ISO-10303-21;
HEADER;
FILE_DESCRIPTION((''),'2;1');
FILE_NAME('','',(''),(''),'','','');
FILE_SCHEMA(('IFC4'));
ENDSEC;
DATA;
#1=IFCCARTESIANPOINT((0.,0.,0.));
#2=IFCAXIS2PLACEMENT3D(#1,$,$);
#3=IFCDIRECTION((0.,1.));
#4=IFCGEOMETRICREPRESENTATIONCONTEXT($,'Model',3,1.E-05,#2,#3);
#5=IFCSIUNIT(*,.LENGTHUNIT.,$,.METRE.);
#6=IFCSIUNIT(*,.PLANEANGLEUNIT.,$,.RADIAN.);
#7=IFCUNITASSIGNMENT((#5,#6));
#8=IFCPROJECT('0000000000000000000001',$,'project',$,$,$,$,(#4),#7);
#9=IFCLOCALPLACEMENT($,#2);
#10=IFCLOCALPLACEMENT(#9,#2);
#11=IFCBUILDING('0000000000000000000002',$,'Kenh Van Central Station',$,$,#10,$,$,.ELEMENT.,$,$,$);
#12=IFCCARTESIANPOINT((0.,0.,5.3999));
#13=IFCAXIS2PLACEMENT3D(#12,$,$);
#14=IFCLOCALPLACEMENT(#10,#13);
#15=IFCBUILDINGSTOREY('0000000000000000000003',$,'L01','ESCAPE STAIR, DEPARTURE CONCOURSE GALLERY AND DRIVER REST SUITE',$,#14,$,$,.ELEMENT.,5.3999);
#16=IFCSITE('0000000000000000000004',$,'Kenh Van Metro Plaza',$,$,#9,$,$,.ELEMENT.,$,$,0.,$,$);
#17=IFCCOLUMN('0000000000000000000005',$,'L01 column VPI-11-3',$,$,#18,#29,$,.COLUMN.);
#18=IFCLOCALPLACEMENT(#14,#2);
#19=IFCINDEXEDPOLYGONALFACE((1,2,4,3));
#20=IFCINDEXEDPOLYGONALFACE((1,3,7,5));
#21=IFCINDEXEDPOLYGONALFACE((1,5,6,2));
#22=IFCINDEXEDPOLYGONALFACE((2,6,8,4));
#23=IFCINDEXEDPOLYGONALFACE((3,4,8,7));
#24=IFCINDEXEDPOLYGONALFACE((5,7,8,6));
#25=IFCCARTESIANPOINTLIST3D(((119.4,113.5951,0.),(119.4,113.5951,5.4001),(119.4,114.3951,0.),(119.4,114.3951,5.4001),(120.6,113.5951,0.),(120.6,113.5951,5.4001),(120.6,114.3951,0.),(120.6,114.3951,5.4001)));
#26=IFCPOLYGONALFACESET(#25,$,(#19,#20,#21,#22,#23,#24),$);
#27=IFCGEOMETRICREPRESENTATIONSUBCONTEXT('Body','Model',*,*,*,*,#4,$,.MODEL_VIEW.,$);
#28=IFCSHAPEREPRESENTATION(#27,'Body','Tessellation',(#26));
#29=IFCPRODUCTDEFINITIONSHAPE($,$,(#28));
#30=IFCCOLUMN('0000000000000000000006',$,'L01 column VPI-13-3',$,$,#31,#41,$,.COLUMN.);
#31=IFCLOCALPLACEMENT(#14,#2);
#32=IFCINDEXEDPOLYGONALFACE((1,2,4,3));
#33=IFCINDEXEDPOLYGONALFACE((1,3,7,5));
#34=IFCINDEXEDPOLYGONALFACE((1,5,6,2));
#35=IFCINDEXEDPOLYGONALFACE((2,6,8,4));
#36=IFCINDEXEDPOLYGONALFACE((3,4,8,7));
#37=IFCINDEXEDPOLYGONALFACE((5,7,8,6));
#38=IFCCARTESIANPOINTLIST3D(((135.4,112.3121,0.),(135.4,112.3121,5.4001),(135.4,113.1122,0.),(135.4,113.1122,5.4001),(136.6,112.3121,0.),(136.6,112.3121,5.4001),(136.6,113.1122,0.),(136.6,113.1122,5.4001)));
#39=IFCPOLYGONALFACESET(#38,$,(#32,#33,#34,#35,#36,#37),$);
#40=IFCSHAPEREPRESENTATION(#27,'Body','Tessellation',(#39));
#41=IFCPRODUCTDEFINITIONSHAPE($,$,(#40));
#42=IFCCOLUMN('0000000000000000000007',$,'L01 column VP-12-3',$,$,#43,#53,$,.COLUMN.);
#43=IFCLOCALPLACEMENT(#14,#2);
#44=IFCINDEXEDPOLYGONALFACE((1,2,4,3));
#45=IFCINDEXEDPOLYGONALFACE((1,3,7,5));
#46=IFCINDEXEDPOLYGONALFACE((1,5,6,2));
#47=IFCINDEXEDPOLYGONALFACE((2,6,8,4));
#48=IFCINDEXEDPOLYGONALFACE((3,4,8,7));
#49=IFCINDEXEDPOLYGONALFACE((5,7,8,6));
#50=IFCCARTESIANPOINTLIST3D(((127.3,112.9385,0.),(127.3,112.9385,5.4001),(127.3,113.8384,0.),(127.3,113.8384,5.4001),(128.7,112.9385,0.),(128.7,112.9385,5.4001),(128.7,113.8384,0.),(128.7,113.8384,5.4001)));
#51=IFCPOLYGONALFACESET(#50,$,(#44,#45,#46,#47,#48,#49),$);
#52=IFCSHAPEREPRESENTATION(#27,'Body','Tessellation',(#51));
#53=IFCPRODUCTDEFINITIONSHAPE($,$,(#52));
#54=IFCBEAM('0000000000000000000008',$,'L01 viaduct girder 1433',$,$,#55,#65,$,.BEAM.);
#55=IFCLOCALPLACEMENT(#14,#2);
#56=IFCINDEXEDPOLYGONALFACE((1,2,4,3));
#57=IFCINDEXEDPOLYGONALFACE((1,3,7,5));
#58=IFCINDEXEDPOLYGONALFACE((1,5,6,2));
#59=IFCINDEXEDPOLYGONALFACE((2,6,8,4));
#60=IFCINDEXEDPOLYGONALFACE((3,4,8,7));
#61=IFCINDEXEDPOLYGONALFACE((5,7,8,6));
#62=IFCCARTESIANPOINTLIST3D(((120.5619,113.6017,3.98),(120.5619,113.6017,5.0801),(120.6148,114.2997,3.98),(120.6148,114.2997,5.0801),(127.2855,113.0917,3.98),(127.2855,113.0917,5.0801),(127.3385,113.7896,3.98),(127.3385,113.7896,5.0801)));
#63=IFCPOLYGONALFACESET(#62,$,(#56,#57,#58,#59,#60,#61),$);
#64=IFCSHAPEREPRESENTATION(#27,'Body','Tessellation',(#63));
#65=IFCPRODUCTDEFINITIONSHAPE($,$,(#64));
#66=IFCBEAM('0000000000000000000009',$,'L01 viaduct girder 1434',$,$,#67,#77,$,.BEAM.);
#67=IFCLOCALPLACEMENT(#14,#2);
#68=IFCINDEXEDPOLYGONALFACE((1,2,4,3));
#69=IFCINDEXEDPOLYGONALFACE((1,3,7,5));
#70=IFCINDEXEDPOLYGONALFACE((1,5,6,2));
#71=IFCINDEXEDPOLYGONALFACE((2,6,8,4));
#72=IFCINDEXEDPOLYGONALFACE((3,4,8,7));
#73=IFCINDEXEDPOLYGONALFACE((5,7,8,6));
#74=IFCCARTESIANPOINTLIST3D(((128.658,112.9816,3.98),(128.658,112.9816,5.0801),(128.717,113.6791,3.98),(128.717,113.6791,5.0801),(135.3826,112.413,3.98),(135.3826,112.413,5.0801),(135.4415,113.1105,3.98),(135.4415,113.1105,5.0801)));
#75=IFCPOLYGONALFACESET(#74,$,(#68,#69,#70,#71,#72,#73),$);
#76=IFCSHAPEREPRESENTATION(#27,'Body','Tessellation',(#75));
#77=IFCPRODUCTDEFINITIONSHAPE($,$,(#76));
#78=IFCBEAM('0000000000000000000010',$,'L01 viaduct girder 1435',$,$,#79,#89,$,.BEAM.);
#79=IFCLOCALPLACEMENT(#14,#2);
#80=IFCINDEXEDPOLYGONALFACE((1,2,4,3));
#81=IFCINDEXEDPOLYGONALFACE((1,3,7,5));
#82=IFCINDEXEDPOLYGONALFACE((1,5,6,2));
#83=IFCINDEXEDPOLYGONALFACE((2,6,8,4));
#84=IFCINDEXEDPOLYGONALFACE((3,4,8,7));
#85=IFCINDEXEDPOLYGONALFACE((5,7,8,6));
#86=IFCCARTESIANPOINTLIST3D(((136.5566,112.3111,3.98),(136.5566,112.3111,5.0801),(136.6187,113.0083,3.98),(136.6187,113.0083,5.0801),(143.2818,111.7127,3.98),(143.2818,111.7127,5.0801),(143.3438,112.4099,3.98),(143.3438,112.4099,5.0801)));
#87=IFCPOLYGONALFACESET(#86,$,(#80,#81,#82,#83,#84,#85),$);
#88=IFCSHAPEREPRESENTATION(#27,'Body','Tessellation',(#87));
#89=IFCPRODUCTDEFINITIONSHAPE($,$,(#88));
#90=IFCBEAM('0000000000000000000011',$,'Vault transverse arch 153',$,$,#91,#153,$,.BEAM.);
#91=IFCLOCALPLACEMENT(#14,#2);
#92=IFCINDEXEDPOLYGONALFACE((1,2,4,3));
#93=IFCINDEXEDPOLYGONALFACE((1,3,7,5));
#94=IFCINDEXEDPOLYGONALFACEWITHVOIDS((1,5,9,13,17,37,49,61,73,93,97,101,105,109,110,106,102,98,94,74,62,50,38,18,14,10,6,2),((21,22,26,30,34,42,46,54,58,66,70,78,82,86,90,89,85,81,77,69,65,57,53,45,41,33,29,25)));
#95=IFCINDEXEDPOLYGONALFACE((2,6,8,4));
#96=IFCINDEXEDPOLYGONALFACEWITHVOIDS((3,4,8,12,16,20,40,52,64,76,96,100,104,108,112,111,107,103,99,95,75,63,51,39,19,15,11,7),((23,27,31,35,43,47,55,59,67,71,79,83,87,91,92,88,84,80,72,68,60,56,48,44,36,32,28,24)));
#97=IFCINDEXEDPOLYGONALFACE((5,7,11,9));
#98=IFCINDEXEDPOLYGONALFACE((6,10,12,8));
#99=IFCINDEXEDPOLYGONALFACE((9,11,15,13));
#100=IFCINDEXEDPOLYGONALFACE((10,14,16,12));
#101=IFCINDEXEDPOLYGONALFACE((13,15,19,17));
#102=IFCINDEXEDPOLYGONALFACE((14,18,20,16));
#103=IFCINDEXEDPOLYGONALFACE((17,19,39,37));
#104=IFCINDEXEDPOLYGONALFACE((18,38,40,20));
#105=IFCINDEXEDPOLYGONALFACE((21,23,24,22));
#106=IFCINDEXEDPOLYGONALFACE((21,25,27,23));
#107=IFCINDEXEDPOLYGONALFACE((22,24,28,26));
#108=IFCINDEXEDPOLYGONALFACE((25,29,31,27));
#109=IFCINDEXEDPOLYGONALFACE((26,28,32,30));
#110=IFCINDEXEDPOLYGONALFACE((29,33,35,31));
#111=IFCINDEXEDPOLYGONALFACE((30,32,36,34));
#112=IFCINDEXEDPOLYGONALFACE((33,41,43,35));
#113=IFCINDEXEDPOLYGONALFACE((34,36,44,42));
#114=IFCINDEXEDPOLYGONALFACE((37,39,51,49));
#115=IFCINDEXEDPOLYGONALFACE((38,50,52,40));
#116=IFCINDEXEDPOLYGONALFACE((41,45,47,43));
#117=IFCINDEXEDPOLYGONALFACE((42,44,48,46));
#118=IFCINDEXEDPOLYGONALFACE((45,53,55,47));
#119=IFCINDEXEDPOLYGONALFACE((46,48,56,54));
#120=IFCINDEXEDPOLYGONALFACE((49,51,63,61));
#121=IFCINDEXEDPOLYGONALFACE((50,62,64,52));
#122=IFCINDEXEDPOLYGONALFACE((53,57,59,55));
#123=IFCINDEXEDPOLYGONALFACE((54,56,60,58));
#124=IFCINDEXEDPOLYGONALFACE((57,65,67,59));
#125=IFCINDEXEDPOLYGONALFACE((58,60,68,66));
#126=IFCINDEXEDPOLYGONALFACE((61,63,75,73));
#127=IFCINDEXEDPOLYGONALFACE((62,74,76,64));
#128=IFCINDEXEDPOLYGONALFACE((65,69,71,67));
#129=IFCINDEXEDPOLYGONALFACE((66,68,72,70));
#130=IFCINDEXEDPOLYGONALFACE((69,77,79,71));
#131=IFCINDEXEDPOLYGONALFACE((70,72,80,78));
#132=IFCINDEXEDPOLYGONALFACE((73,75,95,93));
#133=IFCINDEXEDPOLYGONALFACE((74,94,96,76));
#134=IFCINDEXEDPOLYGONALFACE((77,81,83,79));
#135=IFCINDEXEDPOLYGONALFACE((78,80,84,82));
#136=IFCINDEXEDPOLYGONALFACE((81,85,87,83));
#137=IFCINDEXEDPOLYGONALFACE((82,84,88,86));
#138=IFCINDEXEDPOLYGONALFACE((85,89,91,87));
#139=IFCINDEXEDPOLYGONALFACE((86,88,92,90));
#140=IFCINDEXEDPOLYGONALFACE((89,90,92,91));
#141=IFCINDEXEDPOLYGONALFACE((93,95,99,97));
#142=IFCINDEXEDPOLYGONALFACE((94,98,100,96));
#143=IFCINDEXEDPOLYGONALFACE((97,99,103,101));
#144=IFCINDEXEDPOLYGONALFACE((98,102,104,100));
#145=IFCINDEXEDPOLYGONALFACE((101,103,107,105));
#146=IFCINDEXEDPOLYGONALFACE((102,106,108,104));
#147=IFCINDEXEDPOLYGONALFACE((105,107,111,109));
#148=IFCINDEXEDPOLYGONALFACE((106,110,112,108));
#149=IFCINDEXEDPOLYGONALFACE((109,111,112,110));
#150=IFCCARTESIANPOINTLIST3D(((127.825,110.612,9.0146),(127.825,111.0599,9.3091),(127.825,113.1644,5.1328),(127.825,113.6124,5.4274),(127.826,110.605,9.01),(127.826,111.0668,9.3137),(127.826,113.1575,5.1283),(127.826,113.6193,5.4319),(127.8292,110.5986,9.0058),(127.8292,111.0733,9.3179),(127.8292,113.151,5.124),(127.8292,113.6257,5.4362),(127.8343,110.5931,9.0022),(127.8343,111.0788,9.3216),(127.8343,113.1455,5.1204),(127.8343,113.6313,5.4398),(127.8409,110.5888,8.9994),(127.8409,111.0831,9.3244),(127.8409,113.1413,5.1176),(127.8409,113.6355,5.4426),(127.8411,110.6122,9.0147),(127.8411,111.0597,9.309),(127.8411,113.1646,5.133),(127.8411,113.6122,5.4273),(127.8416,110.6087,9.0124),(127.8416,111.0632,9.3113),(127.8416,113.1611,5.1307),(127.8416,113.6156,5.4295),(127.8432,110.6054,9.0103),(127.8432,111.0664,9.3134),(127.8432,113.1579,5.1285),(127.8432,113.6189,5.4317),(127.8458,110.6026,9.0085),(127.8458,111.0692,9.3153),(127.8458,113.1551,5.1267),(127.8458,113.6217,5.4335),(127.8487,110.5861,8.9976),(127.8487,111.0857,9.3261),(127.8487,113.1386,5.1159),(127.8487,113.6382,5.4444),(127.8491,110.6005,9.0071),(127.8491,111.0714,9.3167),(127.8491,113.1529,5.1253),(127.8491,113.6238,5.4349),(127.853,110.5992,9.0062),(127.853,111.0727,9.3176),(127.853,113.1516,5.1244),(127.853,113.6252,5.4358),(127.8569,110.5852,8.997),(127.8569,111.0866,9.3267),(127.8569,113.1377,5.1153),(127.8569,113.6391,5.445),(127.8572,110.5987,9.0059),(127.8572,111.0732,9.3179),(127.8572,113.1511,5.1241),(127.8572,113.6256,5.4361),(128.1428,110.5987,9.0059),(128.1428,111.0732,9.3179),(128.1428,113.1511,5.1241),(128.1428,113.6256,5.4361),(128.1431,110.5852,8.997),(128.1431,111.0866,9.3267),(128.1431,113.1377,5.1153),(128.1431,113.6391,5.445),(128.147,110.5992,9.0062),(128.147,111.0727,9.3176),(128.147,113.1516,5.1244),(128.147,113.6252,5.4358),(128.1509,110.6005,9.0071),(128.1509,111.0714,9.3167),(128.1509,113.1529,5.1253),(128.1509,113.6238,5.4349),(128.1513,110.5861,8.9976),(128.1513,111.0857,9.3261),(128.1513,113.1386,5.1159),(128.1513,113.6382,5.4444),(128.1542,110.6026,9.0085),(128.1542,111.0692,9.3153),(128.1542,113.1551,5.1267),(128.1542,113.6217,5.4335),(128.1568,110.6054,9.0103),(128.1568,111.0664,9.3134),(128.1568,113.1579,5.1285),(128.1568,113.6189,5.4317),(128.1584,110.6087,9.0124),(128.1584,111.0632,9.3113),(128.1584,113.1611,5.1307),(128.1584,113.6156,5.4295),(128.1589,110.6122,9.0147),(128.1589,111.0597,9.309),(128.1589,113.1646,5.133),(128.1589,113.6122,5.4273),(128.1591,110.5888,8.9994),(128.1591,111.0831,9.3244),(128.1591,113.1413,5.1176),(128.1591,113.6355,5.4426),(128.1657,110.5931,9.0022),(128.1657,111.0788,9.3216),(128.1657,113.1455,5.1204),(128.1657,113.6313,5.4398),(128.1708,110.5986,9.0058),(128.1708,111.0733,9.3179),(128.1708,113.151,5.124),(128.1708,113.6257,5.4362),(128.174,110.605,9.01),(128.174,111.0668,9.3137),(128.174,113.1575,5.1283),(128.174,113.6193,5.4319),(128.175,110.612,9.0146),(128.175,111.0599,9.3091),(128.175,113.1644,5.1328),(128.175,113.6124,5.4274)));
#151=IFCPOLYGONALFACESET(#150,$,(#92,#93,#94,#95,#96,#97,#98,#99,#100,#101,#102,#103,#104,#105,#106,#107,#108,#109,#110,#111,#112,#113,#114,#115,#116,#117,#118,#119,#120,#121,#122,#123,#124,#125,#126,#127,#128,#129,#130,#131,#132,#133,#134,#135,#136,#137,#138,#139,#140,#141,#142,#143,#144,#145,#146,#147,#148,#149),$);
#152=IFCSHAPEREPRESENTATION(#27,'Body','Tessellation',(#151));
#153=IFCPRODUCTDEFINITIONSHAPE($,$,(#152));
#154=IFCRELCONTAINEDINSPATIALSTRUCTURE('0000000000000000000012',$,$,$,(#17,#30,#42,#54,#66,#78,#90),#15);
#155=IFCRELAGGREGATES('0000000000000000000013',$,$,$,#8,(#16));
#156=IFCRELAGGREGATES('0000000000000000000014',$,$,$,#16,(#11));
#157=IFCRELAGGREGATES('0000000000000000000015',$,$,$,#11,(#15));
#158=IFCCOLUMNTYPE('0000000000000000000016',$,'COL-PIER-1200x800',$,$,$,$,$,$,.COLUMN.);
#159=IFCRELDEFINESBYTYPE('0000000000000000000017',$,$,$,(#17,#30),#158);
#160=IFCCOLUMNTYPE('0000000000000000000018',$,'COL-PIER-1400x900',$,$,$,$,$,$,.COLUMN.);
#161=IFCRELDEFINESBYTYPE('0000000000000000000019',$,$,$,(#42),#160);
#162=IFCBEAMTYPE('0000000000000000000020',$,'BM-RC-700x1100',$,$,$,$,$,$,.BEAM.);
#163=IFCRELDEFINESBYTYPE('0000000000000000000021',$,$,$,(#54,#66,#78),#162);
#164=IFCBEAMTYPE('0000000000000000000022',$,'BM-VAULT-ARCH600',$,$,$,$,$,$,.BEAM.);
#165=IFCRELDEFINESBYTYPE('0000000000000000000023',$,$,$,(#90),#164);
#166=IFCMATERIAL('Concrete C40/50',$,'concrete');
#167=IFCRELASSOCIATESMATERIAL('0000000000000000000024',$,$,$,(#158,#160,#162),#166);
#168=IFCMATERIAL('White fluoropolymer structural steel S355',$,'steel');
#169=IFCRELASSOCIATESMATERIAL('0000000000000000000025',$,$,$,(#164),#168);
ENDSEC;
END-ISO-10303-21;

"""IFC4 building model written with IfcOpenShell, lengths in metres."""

from ifc_helpers import new_model, si_unit, direction, frame, origin, origin_2d, place, context, subcontext, project, spatial, rectangle, hollow_rectangle, extrude, material, material_profile, profile_set, type_object, element, save


model = new_model("IFC4")

# Units and contexts
model_context = context("Model", 3, precision=1e-05, world=origin(), true_north=direction((0.0, 1.0)))
body_context = subcontext(model_context, "Body", "Model", "MODEL_VIEW")
ifc_project = project(units=[si_unit("LENGTHUNIT", "METRE"), si_unit("PLANEANGLEUNIT", "RADIAN")], contexts=[model_context])

# Site, building, storey
site_placement = place(None, origin())
site = spatial("IfcSite", under=ifc_project, at=site_placement, Name="Kenh Van Metro Plaza", CompositionType="ELEMENT", RefElevation=0.0)
building_placement = place(site_placement, origin())
building = spatial("IfcBuilding", under=site, at=building_placement, Name="Kenh Van Central Station", CompositionType="ELEMENT")
storey_placement = place(building_placement, frame((0.0, 0.0, 5.3999)))
storey = spatial("IfcBuildingStorey", under=building, at=storey_placement, Name="L01", Description="ESCAPE STAIR, DEPARTURE CONCOURSE GALLERY AND DRIVER REST SUITE", CompositionType="ELEMENT", Elevation=5.3999)

# Columns
ifc_material_1 = material(Name="Concrete C40/50", Category="concrete")
ifc_material_profile_1 = material_profile(ifc_material_1, rectangle(XDim=1.2, YDim=0.8, at=origin_2d()), Name="RC 1200x800")
ifc_profile_set_1 = profile_set([ifc_material_profile_1], Name="Concrete C40/50")
column_type_1 = type_object("IfcColumnType", Name="COL-PIER-1200x800", PredefinedType="COLUMN", material=ifc_profile_set_1)
for number, where, z_axis, x_axis, name in (
    (1, (120.0, 113.9951, 0.0), (0.0, 0.0, 1.0), (1.0, 0.0, 0.0), "L01 column VPI-11-3"),
    (2, (136.0, 112.7122, 0.0), (0.0, 0.0, 1.0), (1.0, 0.0, 0.0), "L01 column VPI-13-3"),
):
    element("IfcColumn", number, at=place(storey_placement, frame(where, z_axis=z_axis, x_axis=x_axis)), inside=storey, type_object=column_type_1, Name=name, PredefinedType="COLUMN", context=body_context, shape_type="SweptSolid", body=[
        extrude(rectangle(XDim=1.2, YDim=0.8, at=origin_2d()), origin(), (0.0, 0.0, 1.0), 5.4001),
    ])
ifc_material_profile_2 = material_profile(ifc_material_1, rectangle(XDim=1.3999, YDim=0.8999, at=origin_2d()), Name="RC 1400x900")
ifc_profile_set_2 = profile_set([ifc_material_profile_2], Name="Concrete C40/50")
column_type_2 = type_object("IfcColumnType", Name="COL-PIER-1400x900", PredefinedType="COLUMN", material=ifc_profile_set_2)
column_placement = place(storey_placement, frame((128.0, 113.3884, 0.0), z_axis=(0.0, 0.0, 1.0), x_axis=(1.0, 0.0, 0.0)))
element("IfcColumn", 3, at=column_placement, inside=storey, type_object=column_type_2, Name="L01 column VP-12-3", PredefinedType="COLUMN", context=body_context, shape_type="SweptSolid", body=[
    extrude(rectangle(XDim=1.3999, YDim=0.8999, at=origin_2d()), origin(), (0.0, 0.0, 1.0), 5.4001),
])

# Beams
ifc_material_profile_3 = material_profile(ifc_material_1, rectangle(XDim=0.7, YDim=1.1001, at=origin_2d()), Name="RC 700x1100")
ifc_profile_set_3 = profile_set([ifc_material_profile_3], Name="Concrete C40/50")
beam_type_1 = type_object("IfcBeamType", Name="BM-RC-700x1100", PredefinedType="BEAM", material=ifc_profile_set_3)
beam_1_placement = place(storey_placement, frame((120.5884, 113.9507, 4.53), z_axis=(0.997135, -0.075636, 0.0), x_axis=(0.075636, 0.997135, 0.0)))
element("IfcBeam", 4, at=beam_1_placement, inside=storey, type_object=beam_type_1, Name="L01 viaduct girder 1433", PredefinedType="BEAM", context=body_context, shape_type="SweptSolid", body=[
    extrude(rectangle(XDim=0.7, YDim=1.1001, at=origin_2d()), origin(), (0.0, 0.0, 1.0), 6.7429),
])
beam_2_placement = place(storey_placement, frame((128.6875, 113.3303, 4.53), z_axis=(0.996444, -0.084255, 0.0), x_axis=(0.084255, 0.996444, 0.0)))
element("IfcBeam", 5, at=beam_2_placement, inside=storey, type_object=beam_type_1, Name="L01 viaduct girder 1434", PredefinedType="BEAM", context=body_context, shape_type="SweptSolid", body=[
    extrude(rectangle(XDim=0.7, YDim=1.1001, at=origin_2d()), origin(), (0.0, 0.0, 1.0), 6.7485),
])
beam_3_placement = place(storey_placement, frame((136.5876, 112.6597, 4.53), z_axis=(0.996065, -0.088628, 0.0), x_axis=(0.088628, 0.996065, 0.0)))
element("IfcBeam", 6, at=beam_3_placement, inside=storey, type_object=beam_type_1, Name="L01 viaduct girder 1435", PredefinedType="BEAM", context=body_context, shape_type="SweptSolid", body=[
    extrude(rectangle(XDim=0.7, YDim=1.1001, at=origin_2d()), origin(), (0.0, 0.0, 1.0), 6.7517),
])
ifc_material_2 = material(Name="White fluoropolymer structural steel S355", Category="steel")
ifc_material_profile_4 = material_profile(ifc_material_2, hollow_rectangle(XDim=0.3501, YDim=0.6001, WallThickness=0.0161, InnerFilletRadius=0.0161, OuterFilletRadius=0.032, at=origin_2d()), Name="RHS 600x350x16")
ifc_profile_set_4 = profile_set([ifc_material_profile_4], Name="White fluoropolymer structural steel S355")
beam_type_2 = type_object("IfcBeamType", Name="BM-VAULT-ARCH600", PredefinedType="BEAM", material=ifc_profile_set_4)
beam_4_placement = place(storey_placement, frame((128.0, 110.8359, 9.1619), z_axis=(0.0, 0.549414, -0.83555), x_axis=(-1.0, 0.0, 0.0)))
element("IfcBeam", 7, at=beam_4_placement, inside=storey, type_object=beam_type_2, Name="Vault transverse arch 153", PredefinedType="BEAM", context=body_context, shape_type="SweptSolid", body=[
    extrude(hollow_rectangle(XDim=0.3501, YDim=0.6001, WallThickness=0.0161, InnerFilletRadius=0.0161, OuterFilletRadius=0.032, at=origin_2d()), origin(), (0.0, 0.0, 1.0), 4.6458),
])

save(model, "model.ifc")
